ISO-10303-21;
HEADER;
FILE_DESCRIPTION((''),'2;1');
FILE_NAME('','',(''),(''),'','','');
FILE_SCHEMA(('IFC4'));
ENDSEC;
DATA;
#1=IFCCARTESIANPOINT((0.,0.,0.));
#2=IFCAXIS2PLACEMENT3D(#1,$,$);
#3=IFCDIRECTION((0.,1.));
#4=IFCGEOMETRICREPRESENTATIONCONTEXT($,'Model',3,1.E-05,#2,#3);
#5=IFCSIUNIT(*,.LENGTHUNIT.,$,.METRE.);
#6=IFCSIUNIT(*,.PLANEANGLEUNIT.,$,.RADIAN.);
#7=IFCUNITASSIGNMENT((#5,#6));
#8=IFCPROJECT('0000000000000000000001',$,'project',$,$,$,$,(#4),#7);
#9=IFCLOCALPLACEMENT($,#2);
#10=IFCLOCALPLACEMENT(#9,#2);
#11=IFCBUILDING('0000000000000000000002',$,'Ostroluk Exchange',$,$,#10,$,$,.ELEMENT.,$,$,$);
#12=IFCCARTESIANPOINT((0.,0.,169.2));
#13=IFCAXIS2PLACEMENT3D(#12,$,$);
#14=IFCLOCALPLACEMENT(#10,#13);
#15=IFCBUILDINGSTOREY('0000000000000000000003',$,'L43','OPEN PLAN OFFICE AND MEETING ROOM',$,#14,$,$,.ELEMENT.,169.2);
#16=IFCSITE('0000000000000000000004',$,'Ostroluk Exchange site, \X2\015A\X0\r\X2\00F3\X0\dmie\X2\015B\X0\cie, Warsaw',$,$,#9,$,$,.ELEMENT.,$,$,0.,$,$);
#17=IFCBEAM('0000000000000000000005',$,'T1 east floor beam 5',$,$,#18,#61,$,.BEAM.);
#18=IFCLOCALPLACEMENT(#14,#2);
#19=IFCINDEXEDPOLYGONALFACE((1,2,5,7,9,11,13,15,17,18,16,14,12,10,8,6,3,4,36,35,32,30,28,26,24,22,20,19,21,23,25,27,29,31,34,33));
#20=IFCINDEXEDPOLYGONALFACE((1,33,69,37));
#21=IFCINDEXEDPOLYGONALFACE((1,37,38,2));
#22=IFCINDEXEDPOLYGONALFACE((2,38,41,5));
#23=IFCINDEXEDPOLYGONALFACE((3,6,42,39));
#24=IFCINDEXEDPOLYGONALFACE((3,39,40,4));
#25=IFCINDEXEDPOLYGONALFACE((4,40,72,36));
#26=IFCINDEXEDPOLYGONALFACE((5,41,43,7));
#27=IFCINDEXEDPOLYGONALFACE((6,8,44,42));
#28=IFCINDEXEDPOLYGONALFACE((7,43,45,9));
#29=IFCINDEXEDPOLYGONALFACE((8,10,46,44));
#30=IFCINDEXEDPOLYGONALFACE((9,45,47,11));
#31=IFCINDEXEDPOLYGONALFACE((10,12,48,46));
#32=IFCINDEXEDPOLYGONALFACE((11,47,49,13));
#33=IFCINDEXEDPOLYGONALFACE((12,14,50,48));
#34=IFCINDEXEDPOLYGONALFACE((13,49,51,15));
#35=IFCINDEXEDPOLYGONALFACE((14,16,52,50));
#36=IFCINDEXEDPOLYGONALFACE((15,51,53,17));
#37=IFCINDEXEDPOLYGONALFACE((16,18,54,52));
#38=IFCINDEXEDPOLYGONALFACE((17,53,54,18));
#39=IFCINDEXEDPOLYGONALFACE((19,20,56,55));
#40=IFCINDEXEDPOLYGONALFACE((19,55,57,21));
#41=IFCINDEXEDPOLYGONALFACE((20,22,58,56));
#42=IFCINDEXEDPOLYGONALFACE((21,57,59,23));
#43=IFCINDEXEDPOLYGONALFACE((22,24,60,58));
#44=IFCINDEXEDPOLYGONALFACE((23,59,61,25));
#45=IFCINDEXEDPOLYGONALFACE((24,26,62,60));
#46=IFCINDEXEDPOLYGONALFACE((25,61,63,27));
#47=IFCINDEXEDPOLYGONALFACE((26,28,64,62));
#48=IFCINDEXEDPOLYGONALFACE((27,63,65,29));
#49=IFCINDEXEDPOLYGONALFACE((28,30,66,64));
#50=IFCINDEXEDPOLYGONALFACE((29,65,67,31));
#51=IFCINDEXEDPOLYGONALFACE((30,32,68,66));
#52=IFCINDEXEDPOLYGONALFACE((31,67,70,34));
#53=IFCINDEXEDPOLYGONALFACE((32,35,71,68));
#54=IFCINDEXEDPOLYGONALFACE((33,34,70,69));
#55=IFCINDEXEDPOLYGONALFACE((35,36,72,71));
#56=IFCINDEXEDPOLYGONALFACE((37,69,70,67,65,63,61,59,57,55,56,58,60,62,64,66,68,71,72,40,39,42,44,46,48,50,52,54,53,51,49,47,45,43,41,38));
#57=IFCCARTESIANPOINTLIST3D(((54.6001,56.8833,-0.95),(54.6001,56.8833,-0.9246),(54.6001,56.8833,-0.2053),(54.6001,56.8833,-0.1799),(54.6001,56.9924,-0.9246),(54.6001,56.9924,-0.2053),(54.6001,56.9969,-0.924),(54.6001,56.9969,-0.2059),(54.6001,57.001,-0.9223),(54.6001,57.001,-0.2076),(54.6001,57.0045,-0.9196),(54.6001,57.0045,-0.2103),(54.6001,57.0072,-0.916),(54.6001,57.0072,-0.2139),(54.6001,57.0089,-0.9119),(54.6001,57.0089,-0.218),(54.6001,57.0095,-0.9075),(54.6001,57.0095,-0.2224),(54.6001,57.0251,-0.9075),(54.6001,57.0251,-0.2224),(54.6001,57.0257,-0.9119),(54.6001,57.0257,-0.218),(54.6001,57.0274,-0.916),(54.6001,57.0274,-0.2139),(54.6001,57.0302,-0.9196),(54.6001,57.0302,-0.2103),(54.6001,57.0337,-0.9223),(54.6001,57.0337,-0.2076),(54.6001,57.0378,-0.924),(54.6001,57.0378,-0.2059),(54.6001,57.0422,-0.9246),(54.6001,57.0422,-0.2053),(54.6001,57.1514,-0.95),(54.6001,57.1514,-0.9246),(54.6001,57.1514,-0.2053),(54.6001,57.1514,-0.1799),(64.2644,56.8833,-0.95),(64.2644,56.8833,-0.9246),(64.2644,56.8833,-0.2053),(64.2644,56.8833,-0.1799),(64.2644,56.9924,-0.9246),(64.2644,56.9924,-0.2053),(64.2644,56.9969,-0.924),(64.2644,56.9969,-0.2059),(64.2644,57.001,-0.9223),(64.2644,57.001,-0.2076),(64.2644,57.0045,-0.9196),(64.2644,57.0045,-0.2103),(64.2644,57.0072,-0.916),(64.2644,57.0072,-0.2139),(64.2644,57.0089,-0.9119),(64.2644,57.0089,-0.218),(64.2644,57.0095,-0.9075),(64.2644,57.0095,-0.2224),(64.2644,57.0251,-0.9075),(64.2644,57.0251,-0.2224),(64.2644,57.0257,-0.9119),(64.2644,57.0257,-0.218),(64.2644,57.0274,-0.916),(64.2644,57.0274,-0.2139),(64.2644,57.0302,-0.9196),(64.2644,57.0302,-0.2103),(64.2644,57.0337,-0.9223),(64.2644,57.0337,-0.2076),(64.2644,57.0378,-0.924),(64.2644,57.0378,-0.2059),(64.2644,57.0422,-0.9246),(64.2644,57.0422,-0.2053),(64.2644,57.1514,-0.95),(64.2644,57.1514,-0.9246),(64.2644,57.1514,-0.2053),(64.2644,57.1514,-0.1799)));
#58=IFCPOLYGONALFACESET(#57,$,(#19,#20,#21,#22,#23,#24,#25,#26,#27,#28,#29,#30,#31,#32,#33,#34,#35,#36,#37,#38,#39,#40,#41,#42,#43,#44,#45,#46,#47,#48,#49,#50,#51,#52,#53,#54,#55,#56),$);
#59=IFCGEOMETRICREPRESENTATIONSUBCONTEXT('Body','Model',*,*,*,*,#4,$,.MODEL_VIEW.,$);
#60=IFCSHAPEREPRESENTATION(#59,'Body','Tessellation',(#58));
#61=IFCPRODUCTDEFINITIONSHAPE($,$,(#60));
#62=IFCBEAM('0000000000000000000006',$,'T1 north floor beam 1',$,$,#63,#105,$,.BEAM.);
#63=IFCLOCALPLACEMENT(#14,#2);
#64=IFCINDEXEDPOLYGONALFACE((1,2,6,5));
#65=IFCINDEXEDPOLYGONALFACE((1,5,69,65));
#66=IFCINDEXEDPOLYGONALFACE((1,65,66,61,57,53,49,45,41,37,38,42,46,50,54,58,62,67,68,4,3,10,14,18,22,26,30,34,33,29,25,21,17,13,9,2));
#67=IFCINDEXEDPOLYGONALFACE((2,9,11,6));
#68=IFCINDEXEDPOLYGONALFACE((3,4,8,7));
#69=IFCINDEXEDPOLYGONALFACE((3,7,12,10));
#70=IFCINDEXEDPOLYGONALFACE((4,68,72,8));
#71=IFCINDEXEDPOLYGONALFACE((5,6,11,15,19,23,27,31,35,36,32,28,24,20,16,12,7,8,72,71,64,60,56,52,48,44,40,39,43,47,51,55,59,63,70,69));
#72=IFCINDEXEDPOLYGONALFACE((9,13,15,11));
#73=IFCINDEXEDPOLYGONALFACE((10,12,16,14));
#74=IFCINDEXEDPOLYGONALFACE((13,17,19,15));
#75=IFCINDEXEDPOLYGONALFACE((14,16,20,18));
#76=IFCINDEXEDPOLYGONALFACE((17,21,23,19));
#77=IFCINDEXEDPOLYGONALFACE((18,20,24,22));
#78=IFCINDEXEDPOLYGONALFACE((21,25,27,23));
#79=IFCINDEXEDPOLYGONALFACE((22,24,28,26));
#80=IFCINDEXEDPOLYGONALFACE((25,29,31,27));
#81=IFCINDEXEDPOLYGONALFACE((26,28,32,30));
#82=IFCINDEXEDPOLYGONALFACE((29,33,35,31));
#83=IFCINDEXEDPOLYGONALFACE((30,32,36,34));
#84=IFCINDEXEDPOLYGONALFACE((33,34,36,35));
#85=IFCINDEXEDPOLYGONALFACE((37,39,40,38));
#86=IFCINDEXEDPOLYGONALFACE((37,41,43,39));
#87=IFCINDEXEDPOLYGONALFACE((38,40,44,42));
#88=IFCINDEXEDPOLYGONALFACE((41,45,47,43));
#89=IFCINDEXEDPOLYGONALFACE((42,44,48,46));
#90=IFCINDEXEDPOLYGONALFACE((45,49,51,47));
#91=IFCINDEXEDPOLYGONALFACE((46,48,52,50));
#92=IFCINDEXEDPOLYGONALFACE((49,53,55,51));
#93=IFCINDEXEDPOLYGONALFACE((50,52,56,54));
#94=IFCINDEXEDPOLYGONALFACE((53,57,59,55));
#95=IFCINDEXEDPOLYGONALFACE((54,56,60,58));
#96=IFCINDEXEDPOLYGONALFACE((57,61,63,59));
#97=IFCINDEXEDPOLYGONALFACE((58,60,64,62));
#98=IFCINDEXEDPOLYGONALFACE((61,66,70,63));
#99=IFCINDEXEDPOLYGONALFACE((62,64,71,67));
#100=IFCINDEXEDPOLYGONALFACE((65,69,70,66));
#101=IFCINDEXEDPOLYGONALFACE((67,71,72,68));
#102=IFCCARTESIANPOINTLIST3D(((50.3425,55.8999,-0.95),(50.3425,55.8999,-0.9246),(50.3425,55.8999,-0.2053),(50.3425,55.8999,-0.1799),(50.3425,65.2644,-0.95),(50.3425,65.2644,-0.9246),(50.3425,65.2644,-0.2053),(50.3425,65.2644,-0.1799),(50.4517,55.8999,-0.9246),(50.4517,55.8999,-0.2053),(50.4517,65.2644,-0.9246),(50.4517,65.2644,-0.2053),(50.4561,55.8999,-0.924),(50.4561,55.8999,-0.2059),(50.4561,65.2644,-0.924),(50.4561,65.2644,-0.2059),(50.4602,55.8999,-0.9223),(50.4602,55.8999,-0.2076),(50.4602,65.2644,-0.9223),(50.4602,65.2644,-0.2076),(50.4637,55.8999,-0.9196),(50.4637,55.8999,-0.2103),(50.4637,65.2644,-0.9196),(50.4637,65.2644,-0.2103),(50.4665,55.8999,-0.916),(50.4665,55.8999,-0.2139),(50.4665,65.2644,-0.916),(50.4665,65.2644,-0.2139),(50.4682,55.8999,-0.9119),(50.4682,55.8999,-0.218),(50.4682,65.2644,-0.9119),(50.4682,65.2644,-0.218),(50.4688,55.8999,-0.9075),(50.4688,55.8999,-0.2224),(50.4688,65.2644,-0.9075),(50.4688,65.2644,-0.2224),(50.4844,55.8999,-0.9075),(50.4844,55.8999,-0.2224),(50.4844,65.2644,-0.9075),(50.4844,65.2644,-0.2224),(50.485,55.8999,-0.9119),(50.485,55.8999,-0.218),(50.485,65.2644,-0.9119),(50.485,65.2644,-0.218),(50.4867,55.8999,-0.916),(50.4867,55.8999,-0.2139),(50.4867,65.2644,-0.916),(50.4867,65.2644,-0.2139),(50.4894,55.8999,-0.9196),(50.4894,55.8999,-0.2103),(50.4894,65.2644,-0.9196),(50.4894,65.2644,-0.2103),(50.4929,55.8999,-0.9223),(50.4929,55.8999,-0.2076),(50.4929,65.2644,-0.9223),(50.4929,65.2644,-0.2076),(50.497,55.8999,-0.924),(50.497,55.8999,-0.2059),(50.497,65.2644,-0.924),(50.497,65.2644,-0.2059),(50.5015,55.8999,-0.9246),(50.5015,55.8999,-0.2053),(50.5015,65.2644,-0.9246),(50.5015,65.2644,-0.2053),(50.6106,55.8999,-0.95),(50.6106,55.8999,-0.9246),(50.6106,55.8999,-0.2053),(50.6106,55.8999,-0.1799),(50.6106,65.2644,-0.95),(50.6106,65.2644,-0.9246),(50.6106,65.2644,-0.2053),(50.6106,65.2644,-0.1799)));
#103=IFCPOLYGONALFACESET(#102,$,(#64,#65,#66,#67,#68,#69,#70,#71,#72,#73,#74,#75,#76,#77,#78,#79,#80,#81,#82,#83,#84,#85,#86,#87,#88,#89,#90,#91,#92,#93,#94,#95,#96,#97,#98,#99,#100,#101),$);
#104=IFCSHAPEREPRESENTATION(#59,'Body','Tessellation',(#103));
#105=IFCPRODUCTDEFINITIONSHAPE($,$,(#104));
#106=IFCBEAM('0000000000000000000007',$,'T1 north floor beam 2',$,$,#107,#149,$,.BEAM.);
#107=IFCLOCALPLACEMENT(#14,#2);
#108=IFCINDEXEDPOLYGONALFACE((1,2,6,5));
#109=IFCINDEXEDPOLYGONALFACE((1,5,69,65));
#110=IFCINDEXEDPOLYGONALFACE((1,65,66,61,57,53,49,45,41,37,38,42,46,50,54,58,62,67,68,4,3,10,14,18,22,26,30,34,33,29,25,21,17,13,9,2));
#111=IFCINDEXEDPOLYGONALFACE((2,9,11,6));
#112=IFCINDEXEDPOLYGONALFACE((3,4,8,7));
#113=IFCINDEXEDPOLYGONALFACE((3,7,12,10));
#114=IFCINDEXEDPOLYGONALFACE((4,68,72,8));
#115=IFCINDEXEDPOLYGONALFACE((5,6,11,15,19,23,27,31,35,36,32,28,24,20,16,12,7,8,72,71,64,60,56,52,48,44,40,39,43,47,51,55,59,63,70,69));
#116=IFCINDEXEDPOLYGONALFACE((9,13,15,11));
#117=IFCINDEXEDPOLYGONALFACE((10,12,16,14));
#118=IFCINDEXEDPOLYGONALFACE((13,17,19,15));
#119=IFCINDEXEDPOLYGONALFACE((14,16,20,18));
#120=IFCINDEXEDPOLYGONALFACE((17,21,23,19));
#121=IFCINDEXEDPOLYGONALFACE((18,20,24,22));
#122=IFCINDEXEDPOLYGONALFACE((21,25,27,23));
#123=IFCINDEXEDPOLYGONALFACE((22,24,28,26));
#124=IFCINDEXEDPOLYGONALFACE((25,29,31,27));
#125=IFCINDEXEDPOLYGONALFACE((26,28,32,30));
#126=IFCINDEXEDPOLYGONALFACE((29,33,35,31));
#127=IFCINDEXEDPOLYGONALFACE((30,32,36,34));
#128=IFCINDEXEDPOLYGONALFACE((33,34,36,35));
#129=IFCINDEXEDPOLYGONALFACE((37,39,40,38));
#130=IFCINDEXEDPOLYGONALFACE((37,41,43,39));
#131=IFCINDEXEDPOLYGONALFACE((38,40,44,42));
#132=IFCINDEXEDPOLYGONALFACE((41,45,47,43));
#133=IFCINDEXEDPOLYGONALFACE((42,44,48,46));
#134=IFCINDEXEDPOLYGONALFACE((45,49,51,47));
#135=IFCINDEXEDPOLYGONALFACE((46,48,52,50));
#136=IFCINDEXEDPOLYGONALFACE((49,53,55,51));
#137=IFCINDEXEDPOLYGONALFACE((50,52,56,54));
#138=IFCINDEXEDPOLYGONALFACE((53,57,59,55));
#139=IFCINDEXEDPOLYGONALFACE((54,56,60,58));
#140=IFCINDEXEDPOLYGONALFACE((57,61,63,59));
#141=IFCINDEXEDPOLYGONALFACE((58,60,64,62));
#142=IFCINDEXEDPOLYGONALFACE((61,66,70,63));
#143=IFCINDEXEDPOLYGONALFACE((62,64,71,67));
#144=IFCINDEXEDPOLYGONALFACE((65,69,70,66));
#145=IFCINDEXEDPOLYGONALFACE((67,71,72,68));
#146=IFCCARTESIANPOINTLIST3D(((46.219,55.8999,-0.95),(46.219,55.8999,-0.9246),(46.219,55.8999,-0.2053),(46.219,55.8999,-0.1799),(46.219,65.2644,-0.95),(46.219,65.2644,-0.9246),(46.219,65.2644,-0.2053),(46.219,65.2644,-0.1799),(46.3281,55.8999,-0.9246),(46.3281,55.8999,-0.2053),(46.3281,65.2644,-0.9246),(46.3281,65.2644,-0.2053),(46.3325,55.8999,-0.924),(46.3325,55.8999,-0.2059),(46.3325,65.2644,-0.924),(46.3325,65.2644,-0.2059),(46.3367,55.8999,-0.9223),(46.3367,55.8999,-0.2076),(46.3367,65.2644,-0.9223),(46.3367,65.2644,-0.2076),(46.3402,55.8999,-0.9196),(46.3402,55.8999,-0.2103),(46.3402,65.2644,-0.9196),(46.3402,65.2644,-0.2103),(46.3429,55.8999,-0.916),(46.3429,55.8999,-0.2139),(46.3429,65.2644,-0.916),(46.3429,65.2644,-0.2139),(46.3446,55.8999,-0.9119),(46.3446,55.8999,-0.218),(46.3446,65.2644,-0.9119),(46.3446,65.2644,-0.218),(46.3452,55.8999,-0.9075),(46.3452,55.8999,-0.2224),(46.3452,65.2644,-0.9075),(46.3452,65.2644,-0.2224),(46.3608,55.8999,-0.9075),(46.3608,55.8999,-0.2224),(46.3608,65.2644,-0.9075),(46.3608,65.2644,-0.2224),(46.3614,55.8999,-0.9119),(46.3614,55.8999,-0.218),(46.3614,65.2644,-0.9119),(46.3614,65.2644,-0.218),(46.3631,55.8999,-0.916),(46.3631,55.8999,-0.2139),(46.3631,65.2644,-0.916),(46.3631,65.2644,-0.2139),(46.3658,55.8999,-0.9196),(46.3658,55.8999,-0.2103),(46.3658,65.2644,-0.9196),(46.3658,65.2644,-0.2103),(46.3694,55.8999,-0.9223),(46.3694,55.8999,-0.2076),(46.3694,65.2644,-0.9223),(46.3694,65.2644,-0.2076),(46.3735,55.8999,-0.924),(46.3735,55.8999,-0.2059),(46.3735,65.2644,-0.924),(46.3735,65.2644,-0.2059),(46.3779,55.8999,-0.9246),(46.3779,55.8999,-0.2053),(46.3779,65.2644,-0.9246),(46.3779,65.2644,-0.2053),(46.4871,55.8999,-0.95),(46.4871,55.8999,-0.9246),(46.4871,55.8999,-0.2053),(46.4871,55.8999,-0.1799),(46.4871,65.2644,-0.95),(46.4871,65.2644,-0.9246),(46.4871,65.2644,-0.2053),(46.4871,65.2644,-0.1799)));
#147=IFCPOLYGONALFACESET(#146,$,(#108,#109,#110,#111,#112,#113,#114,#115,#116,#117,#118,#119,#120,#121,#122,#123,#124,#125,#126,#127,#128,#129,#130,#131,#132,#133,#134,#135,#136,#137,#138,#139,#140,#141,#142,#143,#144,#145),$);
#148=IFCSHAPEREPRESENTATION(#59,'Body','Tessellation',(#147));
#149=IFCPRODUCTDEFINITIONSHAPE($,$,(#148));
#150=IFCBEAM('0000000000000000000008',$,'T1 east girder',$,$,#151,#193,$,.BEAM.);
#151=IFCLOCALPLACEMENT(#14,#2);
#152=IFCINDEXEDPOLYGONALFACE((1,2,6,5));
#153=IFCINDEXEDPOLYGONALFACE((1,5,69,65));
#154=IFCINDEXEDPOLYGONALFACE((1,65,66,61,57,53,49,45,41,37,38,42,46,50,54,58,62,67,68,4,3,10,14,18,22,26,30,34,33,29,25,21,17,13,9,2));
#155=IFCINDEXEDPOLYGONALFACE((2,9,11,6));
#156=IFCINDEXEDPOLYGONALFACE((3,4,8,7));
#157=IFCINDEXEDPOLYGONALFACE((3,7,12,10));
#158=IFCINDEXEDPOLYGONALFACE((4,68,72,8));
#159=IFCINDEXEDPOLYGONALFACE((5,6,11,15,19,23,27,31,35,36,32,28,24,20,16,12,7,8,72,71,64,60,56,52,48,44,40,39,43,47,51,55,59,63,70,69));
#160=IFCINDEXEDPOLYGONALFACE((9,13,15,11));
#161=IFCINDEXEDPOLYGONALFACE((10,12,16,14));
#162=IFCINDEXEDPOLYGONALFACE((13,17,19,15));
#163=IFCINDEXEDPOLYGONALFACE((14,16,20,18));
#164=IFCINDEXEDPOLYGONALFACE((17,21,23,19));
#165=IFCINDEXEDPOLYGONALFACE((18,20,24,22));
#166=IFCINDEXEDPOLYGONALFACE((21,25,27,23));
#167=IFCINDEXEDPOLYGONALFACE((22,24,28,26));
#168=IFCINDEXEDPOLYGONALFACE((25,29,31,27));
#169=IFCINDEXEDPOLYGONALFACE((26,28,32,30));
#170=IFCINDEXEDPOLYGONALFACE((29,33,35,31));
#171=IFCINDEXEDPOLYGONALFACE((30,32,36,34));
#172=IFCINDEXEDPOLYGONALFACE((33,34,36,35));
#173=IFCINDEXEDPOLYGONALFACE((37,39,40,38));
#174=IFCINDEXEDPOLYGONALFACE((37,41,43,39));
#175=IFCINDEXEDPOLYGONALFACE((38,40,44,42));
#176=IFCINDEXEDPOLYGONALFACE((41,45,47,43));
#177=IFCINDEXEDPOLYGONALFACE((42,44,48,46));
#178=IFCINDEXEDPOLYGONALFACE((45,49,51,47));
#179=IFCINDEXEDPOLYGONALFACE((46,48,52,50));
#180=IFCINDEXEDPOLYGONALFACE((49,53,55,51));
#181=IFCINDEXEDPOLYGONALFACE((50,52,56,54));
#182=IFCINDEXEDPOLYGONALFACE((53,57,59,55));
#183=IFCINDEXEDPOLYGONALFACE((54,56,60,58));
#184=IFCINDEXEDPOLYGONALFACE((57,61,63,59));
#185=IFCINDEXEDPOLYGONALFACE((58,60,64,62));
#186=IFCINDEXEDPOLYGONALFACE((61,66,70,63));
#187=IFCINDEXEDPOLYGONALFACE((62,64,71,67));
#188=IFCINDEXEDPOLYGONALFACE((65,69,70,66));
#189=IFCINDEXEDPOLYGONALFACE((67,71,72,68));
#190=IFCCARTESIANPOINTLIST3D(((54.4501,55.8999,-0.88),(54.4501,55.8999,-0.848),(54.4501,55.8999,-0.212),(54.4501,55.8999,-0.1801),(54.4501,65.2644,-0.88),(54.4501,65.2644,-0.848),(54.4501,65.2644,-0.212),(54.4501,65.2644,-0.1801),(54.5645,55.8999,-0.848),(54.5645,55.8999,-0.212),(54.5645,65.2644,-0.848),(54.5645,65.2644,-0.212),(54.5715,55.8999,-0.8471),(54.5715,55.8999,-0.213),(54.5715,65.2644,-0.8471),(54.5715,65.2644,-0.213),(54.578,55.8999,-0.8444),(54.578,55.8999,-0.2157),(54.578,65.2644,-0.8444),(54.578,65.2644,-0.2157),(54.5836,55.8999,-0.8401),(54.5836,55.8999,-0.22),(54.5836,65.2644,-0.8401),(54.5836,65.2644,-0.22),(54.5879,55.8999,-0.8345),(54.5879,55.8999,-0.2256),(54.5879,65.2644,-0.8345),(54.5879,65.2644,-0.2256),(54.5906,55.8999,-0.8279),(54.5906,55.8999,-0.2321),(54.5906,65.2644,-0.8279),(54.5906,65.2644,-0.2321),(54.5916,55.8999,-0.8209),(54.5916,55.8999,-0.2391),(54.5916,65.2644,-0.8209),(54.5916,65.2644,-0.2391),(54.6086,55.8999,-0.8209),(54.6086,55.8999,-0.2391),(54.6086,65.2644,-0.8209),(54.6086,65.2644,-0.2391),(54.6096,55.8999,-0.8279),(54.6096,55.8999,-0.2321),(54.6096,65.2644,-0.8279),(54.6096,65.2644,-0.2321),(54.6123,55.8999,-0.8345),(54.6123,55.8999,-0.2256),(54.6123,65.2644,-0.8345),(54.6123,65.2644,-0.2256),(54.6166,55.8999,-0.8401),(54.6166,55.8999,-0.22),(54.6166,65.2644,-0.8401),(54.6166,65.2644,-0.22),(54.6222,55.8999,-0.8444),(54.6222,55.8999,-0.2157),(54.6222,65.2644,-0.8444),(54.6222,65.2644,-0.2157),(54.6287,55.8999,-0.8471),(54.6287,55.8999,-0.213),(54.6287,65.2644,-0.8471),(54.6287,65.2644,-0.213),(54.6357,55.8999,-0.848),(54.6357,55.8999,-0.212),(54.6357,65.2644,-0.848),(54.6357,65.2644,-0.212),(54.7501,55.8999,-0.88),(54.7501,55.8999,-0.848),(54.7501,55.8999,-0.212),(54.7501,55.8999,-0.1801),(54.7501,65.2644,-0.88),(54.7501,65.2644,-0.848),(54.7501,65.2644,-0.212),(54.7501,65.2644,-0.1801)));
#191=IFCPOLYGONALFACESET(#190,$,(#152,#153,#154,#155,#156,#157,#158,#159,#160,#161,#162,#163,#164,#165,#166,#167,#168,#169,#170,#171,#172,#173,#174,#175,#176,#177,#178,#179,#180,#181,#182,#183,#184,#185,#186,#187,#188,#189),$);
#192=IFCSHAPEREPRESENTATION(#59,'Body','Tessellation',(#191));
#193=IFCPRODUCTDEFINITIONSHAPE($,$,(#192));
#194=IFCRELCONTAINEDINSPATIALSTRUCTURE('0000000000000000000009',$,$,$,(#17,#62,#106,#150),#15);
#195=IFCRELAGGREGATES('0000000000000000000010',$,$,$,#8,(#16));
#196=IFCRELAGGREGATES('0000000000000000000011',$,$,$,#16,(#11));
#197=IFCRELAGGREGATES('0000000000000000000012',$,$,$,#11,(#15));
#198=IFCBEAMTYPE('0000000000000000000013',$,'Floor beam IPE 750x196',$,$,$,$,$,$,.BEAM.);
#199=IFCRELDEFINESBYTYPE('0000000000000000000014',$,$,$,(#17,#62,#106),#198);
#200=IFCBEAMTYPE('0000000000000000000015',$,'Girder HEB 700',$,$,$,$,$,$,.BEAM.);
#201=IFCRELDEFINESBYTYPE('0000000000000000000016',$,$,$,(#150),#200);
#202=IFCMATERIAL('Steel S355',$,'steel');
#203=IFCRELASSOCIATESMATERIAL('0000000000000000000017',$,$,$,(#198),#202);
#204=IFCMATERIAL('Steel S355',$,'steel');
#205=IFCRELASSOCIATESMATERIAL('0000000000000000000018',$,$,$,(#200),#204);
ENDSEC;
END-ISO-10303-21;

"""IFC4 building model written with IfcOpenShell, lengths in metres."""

from ifc_helpers import new_model, si_unit, direction, frame, origin, origin_2d, place, context, subcontext, project, spatial, i_section, extrude, material, material_profile, profile_set, type_object, element, save


model = new_model("IFC4")

# Units and contexts
model_context = context("Model", 3, precision=1e-05, world=origin(), true_north=direction((0.0, 1.0)))
body_context = subcontext(model_context, "Body", "Model", "MODEL_VIEW")
ifc_project = project(units=[si_unit("LENGTHUNIT", "METRE"), si_unit("PLANEANGLEUNIT", "RADIAN")], contexts=[model_context])

# Site, building, storey
site_placement = place(None, origin())
site = spatial("IfcSite", under=ifc_project, at=site_placement, Name="Ostroluk Exchange site, Śródmieście, Warsaw", CompositionType="ELEMENT", RefElevation=0.0)
building_placement = place(site_placement, origin())
building = spatial("IfcBuilding", under=site, at=building_placement, Name="Ostroluk Exchange", CompositionType="ELEMENT")
storey_placement = place(building_placement, frame((0.0, 0.0, 169.2)))
storey = spatial("IfcBuildingStorey", under=building, at=storey_placement, Name="L43", Description="OPEN PLAN OFFICE AND MEETING ROOM", CompositionType="ELEMENT", Elevation=169.2)

# Beams
ifc_material_1 = material(Name="Steel S355", Category="steel")
ifc_material_profile_1 = material_profile(ifc_material_1, i_section(OverallWidth=0.2681, OverallDepth=0.77, WebThickness=0.0156, FlangeThickness=0.0254, FilletRadius=0.0171, at=origin_2d()), Name="IPE 750x196")
ifc_profile_set_1 = profile_set([ifc_material_profile_1], Name="Steel S355")
beam_type_1 = type_object("IfcBeamType", Name="Floor beam IPE 750x196", PredefinedType="BEAM", material=ifc_profile_set_1)
beam_1_placement = place(storey_placement, frame((54.6001, 57.0173, -0.5649), z_axis=(1.0, 0.0, 0.0), x_axis=(0.0, 1.0, 0.0)))
element("IfcBeam", 1, at=beam_1_placement, inside=storey, type_object=beam_type_1, Name="T1 east floor beam 5", PredefinedType="BEAM", context=body_context, shape_type="SweptSolid", body=[
    extrude(i_section(OverallWidth=0.2681, OverallDepth=0.77, WebThickness=0.0156, FlangeThickness=0.0254, FilletRadius=0.0171, at=origin_2d()), origin(), (0.0, 0.0, 1.0), 9.6643),
])
for number, where, z_axis, x_axis, name in (
    (2, (50.4766, 55.8999, -0.5649), (0.0, 1.0, 0.0), (-1.0, 0.0, 0.0), "T1 north floor beam 1"),
    (3, (46.353, 55.8999, -0.5649), (0.0, 1.0, 0.0), (-1.0, 0.0, 0.0), "T1 north floor beam 2"),
):
    element("IfcBeam", number, at=place(storey_placement, frame(where, z_axis=z_axis, x_axis=x_axis)), inside=storey, type_object=beam_type_1, Name=name, PredefinedType="BEAM", context=body_context, shape_type="SweptSolid", body=[
        extrude(i_section(OverallWidth=0.2681, OverallDepth=0.77, WebThickness=0.0156, FlangeThickness=0.0254, FilletRadius=0.0171, at=origin_2d()), origin(), (0.0, 0.0, 1.0), 9.3645),
    ])
ifc_material_2 = material(Name="Steel S355", Category="steel")
ifc_material_profile_2 = material_profile(ifc_material_2, i_section(OverallWidth=0.3, OverallDepth=0.7, WebThickness=0.0171, FlangeThickness=0.032, FilletRadius=0.0271, at=origin_2d()), Name="HEB 700")
ifc_profile_set_2 = profile_set([ifc_material_profile_2], Name="Steel S355")
beam_type_2 = type_object("IfcBeamType", Name="Girder HEB 700", PredefinedType="BEAM", material=ifc_profile_set_2)
beam_2_placement = place(storey_placement, frame((54.6001, 55.8999, -0.53), z_axis=(0.0, 1.0, 0.0), x_axis=(-1.0, 0.0, 0.0)))
element("IfcBeam", 4, at=beam_2_placement, inside=storey, type_object=beam_type_2, Name="T1 east girder", PredefinedType="BEAM", context=body_context, shape_type="SweptSolid", body=[
    extrude(i_section(OverallWidth=0.3, OverallDepth=0.7, WebThickness=0.0171, FlangeThickness=0.032, FilletRadius=0.0271, at=origin_2d()), origin(), (0.0, 0.0, 1.0), 9.3645),
])

save(model, "model.ifc")
